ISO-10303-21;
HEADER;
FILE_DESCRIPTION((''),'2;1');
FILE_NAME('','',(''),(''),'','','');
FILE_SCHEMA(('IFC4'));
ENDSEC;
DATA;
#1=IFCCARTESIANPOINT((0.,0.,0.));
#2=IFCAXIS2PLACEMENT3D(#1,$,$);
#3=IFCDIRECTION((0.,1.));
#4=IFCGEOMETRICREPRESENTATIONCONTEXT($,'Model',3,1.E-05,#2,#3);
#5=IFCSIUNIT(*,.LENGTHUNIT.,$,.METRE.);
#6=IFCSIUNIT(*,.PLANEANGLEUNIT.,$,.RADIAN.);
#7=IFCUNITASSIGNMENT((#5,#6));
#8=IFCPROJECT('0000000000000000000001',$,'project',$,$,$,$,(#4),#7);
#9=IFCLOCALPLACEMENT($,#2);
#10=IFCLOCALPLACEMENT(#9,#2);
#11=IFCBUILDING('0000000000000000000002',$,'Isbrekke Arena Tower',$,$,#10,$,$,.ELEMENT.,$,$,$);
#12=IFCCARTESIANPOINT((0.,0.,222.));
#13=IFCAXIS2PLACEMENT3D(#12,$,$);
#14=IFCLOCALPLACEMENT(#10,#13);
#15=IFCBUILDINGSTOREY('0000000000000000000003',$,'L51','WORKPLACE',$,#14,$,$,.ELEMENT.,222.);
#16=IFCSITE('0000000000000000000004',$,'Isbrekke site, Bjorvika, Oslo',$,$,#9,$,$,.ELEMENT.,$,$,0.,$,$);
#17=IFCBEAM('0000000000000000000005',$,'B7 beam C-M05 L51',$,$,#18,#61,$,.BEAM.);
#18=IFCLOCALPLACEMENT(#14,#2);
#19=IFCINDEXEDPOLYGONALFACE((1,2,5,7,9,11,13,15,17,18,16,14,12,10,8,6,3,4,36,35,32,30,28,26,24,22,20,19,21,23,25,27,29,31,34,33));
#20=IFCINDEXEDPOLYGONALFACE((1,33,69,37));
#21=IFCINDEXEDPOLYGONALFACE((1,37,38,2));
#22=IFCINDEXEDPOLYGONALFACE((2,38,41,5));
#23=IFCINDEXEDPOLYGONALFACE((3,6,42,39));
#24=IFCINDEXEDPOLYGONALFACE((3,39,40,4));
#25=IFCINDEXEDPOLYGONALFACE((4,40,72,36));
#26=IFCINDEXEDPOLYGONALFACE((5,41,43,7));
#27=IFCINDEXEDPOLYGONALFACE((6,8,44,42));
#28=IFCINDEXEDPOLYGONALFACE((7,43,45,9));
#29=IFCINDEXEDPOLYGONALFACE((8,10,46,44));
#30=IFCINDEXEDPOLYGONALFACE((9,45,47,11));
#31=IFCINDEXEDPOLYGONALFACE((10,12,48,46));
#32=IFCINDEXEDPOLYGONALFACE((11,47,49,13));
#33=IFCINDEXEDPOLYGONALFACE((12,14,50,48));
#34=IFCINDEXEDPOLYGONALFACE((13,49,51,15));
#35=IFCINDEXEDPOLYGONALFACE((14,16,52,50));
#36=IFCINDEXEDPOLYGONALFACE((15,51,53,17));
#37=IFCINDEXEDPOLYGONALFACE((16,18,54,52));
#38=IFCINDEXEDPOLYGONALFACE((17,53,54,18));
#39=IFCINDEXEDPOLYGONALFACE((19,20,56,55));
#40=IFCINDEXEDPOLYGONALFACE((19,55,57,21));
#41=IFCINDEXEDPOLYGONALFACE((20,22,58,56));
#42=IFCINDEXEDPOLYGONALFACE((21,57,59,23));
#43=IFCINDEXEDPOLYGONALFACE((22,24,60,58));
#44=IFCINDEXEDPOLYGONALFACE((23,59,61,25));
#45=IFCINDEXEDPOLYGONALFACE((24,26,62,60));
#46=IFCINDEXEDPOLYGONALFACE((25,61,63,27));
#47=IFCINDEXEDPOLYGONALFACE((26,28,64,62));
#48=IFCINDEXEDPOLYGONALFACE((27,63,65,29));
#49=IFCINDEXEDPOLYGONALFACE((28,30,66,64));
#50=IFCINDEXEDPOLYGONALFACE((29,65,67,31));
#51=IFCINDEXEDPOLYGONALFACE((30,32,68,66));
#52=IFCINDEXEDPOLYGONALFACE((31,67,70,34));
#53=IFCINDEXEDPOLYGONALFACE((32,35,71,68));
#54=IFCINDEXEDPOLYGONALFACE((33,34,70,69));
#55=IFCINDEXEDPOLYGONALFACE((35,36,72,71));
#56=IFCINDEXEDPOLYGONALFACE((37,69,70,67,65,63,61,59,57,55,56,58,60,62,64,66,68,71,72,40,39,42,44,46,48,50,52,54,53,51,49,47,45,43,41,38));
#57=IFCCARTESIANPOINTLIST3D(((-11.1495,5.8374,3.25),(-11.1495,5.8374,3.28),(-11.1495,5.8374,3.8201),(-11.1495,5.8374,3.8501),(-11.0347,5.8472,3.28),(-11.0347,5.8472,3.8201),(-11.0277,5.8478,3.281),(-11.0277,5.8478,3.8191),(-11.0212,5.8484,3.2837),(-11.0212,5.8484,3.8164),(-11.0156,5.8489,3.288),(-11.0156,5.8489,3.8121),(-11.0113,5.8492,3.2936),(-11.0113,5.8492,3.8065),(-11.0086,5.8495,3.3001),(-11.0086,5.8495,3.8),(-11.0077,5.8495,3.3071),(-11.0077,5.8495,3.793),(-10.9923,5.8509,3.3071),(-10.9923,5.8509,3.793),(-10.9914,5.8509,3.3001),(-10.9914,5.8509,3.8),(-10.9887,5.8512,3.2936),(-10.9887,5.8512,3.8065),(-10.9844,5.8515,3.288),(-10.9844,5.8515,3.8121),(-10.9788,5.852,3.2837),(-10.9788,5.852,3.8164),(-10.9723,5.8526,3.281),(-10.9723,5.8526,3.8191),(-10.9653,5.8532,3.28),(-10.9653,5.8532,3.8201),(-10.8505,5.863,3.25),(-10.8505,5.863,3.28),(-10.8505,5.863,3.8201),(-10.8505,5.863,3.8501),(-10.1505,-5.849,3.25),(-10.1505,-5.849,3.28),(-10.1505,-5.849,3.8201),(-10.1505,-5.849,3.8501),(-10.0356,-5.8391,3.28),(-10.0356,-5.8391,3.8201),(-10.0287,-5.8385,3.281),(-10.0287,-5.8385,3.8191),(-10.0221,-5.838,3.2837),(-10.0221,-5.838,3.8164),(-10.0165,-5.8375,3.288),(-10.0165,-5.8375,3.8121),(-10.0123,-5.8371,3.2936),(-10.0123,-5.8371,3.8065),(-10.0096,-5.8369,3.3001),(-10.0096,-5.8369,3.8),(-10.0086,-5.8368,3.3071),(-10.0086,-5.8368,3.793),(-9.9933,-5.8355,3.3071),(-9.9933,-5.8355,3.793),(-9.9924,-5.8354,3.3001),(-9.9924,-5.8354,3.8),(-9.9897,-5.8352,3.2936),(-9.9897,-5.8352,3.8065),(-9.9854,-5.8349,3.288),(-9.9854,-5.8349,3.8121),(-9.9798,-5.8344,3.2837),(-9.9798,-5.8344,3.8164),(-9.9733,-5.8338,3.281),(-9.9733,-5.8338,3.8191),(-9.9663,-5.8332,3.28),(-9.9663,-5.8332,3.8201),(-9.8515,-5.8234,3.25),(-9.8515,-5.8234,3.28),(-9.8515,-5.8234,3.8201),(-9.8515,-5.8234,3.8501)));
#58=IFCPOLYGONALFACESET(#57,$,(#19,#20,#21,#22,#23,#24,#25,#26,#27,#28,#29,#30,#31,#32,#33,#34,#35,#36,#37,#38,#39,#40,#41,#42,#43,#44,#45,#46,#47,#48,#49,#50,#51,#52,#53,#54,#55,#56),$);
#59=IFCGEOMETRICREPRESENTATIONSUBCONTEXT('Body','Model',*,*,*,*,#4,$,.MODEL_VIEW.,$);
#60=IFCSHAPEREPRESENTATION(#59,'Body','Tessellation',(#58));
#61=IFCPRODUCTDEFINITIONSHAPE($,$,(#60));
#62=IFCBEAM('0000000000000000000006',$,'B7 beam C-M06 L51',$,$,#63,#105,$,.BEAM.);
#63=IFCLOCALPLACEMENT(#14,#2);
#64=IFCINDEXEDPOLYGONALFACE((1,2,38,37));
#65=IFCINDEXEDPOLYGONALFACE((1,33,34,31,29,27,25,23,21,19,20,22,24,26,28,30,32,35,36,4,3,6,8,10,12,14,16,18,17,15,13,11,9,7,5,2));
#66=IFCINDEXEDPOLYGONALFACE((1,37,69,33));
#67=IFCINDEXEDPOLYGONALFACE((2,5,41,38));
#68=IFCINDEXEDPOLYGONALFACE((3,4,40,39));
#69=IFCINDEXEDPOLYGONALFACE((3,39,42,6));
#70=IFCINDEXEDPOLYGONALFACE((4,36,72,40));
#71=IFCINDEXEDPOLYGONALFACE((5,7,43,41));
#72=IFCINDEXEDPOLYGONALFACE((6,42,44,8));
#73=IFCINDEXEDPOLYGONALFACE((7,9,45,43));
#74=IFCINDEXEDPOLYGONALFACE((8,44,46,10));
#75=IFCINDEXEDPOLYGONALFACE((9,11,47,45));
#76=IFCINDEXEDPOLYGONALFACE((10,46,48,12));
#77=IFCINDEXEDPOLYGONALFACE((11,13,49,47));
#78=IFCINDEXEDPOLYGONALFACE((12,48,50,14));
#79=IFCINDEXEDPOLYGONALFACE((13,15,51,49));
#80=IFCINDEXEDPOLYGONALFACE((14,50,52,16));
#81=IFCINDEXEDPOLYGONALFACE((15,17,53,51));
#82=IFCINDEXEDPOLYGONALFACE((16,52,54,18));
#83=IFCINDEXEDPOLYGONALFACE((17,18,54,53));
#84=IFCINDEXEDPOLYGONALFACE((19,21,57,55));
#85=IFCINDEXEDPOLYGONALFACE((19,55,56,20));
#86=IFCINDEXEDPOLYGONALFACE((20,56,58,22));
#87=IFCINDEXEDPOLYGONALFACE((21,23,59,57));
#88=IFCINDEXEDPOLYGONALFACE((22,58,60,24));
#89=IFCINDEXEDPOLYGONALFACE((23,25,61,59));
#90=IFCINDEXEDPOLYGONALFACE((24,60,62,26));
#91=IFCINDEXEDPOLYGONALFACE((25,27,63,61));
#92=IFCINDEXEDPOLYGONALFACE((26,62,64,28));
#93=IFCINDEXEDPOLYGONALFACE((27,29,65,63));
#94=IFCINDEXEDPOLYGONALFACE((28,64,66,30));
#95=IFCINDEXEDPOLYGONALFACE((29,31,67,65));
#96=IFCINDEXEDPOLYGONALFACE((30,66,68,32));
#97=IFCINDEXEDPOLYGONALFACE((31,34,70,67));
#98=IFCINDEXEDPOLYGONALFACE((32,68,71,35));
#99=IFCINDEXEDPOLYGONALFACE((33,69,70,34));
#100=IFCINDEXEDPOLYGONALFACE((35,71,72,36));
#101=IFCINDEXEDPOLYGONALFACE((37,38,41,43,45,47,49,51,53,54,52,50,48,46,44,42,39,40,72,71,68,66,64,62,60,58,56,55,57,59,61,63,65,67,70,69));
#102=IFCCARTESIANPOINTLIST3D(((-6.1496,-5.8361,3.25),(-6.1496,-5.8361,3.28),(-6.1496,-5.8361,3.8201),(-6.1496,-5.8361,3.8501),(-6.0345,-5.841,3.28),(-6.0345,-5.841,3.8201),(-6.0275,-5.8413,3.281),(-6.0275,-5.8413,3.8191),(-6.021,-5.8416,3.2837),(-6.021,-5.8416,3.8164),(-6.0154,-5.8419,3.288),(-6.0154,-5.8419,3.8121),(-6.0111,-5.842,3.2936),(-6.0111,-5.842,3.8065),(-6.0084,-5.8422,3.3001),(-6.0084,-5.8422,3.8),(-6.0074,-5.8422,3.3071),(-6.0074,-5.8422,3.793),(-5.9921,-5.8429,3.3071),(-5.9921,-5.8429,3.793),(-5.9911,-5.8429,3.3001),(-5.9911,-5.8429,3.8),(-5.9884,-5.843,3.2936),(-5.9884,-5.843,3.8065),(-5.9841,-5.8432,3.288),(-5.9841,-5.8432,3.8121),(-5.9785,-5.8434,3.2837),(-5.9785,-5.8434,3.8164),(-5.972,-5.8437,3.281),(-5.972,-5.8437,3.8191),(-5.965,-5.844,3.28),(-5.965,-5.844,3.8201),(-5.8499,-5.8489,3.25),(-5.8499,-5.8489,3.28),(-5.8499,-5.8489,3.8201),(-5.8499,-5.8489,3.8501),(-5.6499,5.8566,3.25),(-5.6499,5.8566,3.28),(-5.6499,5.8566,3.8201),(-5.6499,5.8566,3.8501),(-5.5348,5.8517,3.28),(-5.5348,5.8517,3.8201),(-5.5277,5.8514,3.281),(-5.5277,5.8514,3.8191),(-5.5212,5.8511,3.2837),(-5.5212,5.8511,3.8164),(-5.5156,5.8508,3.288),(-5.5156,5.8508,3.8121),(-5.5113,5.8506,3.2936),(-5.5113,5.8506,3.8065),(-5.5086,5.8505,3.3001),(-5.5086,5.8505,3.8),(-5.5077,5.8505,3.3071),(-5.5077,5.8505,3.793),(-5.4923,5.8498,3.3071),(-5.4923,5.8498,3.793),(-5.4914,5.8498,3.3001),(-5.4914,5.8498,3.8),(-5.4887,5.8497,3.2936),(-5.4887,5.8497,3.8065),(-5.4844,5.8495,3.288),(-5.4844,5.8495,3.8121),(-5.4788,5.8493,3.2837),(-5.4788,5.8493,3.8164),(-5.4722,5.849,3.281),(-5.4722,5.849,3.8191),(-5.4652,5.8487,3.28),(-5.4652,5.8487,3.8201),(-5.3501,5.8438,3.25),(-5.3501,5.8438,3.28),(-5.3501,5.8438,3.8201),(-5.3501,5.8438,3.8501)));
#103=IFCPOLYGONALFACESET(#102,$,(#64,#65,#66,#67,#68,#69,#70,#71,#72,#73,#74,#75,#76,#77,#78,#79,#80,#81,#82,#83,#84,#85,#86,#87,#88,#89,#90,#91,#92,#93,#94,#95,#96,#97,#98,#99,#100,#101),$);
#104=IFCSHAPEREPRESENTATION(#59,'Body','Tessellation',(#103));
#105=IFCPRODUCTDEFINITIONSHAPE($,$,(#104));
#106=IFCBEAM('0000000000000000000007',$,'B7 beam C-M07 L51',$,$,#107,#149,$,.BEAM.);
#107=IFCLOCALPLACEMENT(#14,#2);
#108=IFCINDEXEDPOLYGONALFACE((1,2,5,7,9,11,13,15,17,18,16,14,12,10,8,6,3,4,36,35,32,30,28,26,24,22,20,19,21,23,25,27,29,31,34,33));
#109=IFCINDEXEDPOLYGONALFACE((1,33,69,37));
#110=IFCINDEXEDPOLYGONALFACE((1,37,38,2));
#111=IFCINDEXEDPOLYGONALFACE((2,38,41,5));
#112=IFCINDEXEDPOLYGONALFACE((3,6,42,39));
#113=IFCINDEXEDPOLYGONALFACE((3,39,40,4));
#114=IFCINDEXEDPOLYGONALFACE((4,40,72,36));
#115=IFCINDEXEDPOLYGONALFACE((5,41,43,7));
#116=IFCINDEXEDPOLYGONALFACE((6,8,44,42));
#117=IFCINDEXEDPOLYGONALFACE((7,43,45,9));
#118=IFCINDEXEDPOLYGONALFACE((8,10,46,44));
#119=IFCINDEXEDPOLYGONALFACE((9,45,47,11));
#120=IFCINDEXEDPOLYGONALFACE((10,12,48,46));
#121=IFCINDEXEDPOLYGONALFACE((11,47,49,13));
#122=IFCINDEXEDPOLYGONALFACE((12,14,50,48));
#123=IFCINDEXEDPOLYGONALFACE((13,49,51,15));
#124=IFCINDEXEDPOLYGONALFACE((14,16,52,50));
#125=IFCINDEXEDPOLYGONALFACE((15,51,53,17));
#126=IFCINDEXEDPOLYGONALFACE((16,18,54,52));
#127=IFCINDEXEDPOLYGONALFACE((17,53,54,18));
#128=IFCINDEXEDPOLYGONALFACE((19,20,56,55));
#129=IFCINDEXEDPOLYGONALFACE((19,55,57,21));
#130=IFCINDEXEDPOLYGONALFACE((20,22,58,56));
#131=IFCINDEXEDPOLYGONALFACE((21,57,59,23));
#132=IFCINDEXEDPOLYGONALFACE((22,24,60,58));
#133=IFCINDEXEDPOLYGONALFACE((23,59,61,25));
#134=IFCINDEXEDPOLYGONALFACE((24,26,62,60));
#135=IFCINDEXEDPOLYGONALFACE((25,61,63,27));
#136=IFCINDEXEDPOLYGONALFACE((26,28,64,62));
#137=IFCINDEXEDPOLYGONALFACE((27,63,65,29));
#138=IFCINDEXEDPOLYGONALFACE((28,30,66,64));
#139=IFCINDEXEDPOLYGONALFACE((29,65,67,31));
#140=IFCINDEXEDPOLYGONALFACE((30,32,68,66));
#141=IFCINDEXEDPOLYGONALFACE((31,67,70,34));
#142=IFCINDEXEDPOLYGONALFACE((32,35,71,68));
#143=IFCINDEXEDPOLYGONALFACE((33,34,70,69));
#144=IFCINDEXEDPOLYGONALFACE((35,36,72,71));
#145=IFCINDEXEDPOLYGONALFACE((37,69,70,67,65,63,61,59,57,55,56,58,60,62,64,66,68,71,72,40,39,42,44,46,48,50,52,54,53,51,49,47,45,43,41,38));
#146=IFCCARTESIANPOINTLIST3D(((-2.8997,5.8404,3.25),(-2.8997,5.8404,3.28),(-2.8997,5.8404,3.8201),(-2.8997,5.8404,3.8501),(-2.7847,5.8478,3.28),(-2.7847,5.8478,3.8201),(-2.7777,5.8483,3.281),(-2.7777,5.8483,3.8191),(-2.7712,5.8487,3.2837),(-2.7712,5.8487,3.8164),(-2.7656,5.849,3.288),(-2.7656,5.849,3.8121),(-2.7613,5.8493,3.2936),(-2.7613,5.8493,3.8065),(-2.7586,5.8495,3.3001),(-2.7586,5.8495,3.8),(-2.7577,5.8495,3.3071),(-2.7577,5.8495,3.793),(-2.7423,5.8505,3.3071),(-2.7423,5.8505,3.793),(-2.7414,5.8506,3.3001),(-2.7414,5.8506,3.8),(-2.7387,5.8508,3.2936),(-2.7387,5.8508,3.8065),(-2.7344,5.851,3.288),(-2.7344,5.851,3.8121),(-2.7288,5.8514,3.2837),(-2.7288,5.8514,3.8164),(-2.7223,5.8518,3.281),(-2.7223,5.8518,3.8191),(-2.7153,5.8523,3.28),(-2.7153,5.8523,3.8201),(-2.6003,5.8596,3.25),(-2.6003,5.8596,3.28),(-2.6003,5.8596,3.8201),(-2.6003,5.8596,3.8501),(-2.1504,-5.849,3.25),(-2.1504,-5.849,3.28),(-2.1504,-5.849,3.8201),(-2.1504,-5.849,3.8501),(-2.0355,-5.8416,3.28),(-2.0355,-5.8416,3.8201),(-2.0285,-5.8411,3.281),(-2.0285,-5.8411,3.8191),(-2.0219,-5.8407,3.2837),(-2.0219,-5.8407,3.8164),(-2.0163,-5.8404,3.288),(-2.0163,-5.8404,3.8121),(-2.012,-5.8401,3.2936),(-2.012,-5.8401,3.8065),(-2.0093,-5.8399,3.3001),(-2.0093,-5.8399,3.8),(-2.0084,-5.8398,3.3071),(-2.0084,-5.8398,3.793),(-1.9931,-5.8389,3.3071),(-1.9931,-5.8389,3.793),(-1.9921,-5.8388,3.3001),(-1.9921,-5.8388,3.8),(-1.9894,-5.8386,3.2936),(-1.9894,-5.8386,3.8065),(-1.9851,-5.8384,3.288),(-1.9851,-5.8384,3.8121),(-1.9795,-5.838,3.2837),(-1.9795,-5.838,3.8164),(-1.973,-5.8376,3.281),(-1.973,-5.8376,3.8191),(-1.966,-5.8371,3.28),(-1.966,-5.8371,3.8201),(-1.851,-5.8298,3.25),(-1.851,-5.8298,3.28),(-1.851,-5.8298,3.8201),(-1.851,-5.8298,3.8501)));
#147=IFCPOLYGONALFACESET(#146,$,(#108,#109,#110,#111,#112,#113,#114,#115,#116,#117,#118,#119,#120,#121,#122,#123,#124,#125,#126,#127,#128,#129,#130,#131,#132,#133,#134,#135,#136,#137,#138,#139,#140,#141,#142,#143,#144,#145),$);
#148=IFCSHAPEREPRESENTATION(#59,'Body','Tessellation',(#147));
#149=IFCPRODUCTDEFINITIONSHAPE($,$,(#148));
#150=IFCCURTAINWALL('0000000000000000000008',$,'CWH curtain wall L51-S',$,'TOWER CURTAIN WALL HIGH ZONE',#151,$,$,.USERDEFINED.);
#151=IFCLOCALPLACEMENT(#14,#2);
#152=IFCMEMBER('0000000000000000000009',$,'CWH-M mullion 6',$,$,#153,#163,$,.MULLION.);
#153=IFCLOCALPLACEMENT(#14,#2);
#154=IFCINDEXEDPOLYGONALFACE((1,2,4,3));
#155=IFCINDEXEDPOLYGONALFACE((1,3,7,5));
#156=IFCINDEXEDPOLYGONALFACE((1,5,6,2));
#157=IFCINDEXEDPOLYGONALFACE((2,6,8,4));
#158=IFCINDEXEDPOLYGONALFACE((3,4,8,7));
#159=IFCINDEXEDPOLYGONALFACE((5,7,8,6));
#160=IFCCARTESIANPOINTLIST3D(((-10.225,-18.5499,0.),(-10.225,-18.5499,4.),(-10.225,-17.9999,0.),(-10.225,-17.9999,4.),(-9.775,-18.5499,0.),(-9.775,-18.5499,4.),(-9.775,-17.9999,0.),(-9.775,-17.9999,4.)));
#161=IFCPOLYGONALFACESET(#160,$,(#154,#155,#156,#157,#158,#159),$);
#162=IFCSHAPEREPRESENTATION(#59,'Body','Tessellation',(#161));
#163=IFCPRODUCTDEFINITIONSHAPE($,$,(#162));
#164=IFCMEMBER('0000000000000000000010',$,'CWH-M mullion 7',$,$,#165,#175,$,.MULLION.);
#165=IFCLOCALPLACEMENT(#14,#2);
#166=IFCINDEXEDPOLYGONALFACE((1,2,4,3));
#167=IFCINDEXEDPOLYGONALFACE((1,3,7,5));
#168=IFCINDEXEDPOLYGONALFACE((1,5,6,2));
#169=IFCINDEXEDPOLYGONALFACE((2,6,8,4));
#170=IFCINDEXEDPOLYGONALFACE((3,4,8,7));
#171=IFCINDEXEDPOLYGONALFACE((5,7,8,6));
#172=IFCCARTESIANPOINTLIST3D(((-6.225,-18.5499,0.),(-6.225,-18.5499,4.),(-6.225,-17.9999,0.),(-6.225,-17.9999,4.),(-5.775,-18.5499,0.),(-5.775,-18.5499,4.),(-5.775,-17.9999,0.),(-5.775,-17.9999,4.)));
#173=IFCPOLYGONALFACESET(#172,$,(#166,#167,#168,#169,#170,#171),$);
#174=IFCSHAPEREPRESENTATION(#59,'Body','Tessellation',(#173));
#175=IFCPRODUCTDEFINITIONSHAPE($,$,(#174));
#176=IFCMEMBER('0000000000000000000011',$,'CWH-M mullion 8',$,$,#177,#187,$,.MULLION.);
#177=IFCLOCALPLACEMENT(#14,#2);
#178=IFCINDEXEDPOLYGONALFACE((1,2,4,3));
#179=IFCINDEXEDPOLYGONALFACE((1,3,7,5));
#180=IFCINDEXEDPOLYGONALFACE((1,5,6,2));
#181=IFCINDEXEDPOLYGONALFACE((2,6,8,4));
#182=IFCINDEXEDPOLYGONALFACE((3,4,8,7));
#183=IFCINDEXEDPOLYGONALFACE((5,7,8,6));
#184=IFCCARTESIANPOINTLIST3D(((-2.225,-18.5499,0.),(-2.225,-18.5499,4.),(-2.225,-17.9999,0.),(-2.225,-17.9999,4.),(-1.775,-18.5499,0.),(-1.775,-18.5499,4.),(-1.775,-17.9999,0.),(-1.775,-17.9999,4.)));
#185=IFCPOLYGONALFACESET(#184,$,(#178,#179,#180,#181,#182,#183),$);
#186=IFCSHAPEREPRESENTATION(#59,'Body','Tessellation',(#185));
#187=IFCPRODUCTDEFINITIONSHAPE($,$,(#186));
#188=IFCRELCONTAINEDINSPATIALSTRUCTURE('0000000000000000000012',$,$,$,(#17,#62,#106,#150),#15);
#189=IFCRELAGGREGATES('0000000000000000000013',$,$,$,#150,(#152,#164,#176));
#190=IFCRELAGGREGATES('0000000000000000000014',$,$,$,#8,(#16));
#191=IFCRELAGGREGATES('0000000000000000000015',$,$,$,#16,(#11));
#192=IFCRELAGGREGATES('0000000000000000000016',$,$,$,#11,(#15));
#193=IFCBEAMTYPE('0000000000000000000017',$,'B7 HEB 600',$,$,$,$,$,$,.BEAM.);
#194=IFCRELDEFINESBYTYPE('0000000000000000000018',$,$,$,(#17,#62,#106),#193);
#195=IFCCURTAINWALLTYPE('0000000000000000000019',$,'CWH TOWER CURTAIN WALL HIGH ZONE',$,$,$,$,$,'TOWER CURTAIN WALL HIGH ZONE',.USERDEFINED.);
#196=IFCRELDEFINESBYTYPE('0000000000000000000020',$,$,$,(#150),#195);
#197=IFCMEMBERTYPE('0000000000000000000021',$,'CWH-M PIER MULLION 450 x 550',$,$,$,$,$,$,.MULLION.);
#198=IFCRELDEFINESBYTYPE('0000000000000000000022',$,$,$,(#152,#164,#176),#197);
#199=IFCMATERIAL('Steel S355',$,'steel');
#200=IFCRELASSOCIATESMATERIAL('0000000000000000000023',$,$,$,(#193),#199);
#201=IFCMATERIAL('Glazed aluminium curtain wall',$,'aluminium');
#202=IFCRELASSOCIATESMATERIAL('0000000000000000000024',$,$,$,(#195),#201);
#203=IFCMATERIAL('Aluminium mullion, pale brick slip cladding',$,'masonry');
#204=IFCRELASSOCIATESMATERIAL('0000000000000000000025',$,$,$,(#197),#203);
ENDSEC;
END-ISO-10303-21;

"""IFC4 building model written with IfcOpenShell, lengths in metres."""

from ifc_helpers import new_model, si_unit, direction, frame, origin, origin_2d, place, context, subcontext, project, spatial, rectangle, i_section, extrude, material, material_profile, profile_set, type_object, element, aggregate, save


model = new_model("IFC4")

# Units and contexts
model_context = context("Model", 3, precision=1e-05, world=origin(), true_north=direction((0.0, 1.0)))
body_context = subcontext(model_context, "Body", "Model", "MODEL_VIEW")
ifc_project = project(units=[si_unit("LENGTHUNIT", "METRE"), si_unit("PLANEANGLEUNIT", "RADIAN")], contexts=[model_context])

# Site, building, storey
site_placement = place(None, origin())
site = spatial("IfcSite", under=ifc_project, at=site_placement, Name="Isbrekke site, Bjorvika, Oslo", CompositionType="ELEMENT", RefElevation=0.0)
building_placement = place(site_placement, origin())
building = spatial("IfcBuilding", under=site, at=building_placement, Name="Isbrekke Arena Tower", CompositionType="ELEMENT")
storey_placement = place(building_placement, frame((0.0, 0.0, 222.0)))
storey = spatial("IfcBuildingStorey", under=building, at=storey_placement, Name="L51", Description="WORKPLACE", CompositionType="ELEMENT", Elevation=222.0)

# Beams
ifc_material_1 = material(Name="Steel S355", Category="steel")
ifc_material_profile_1 = material_profile(ifc_material_1, i_section(OverallWidth=0.3, OverallDepth=0.6001, WebThickness=0.0154, FlangeThickness=0.03, FilletRadius=0.0271, at=origin_2d()), Name="HEB 600")
ifc_profile_set_1 = profile_set([ifc_material_profile_1], Name="Steel S355")
beam_type_1 = type_object("IfcBeamType", Name="B7 HEB 600", PredefinedType="BEAM", material=ifc_profile_set_1)
beam_1_placement = place(storey_placement, frame((-10.001, -5.8362, 3.55), z_axis=(-0.085176, 0.996366, 0.0), x_axis=(-0.996366, -0.085176, 0.0)))
element("IfcBeam", 1, at=beam_1_placement, inside=storey, type_object=beam_type_1, Name="B7 beam C-M05 L51", PredefinedType="BEAM", context=body_context, shape_type="SweptSolid", body=[
    extrude(i_section(OverallWidth=0.3, OverallDepth=0.6001, WebThickness=0.0154, FlangeThickness=0.03, FilletRadius=0.0271, at=origin_2d()), origin(), (0.0, 0.0, 1.0), 11.729),
])
beam_2_placement = place(storey_placement, frame((-5.9998, -5.8425, 3.55), z_axis=(0.042702, 0.999088, 0.0), x_axis=(-0.999088, 0.042702, 0.0)))
element("IfcBeam", 2, at=beam_2_placement, inside=storey, type_object=beam_type_1, Name="B7 beam C-M06 L51", PredefinedType="BEAM", context=body_context, shape_type="SweptSolid", body=[
    extrude(i_section(OverallWidth=0.3, OverallDepth=0.6001, WebThickness=0.0154, FlangeThickness=0.03, FilletRadius=0.0271, at=origin_2d()), origin(), (0.0, 0.0, 1.0), 11.7034),
])
beam_3_placement = place(storey_placement, frame((-2.0007, -5.8394, 3.55), z_axis=(-0.063966, 0.997952, 0.0), x_axis=(-0.997952, -0.063966, 0.0)))
element("IfcBeam", 3, at=beam_3_placement, inside=storey, type_object=beam_type_1, Name="B7 beam C-M07 L51", PredefinedType="BEAM", context=body_context, shape_type="SweptSolid", body=[
    extrude(i_section(OverallWidth=0.3, OverallDepth=0.6001, WebThickness=0.0154, FlangeThickness=0.03, FilletRadius=0.0271, at=origin_2d()), origin(), (0.0, 0.0, 1.0), 11.7134),
])

# Curtain wall, members
ifc_material_2 = material(Name="Glazed aluminium curtain wall", Category="aluminium")
curtain_wall_type = type_object("IfcCurtainWallType", Name="CWH TOWER CURTAIN WALL HIGH ZONE", ElementType="TOWER CURTAIN WALL HIGH ZONE", PredefinedType="USERDEFINED", material=ifc_material_2)
curtain_wall_placement = place(storey_placement, origin())
curtain_wall = element("IfcCurtainWall", 4, at=curtain_wall_placement, inside=storey, type_object=curtain_wall_type, Name="CWH curtain wall L51-S", ObjectType="TOWER CURTAIN WALL HIGH ZONE", PredefinedType="USERDEFINED")
ifc_material_3 = material(Name="Aluminium mullion, pale brick slip cladding", Category="masonry")
ifc_material_profile_2 = material_profile(ifc_material_3, rectangle(XDim=0.45, YDim=0.55, at=origin_2d()), Name="PIER 450X550")
ifc_profile_set_2 = profile_set([ifc_material_profile_2], Name="Aluminium mullion, pale brick slip cladding")
member_type_1 = type_object("IfcMemberType", Name="CWH-M PIER MULLION 450 x 550", PredefinedType="MULLION", material=ifc_profile_set_2)
member_1_placement = place(storey_placement, frame((-10.0, -18.2749, 0.0), z_axis=(0.0, 0.0, 1.0), x_axis=(1.0, 0.0, 0.0)))
member_1 = element("IfcMember", 5, at=member_1_placement, type_object=member_type_1, Name="CWH-M mullion 6", PredefinedType="MULLION", context=body_context, shape_type="SweptSolid", body=[
    extrude(rectangle(XDim=0.45, YDim=0.55, at=origin_2d()), origin(), (0.0, 0.0, 1.0), 4.0),
])
member_2_placement = place(storey_placement, frame((-6.0, -18.2749, 0.0), z_axis=(0.0, 0.0, 1.0), x_axis=(1.0, 0.0, 0.0)))
member_2 = element("IfcMember", 6, at=member_2_placement, type_object=member_type_1, Name="CWH-M mullion 7", PredefinedType="MULLION", context=body_context, shape_type="SweptSolid", body=[
    extrude(rectangle(XDim=0.45, YDim=0.55, at=origin_2d()), origin(), (0.0, 0.0, 1.0), 4.0),
])
member_3_placement = place(storey_placement, frame((-2.0, -18.2749, 0.0), z_axis=(0.0, 0.0, 1.0), x_axis=(1.0, 0.0, 0.0)))
member_3 = element("IfcMember", 7, at=member_3_placement, type_object=member_type_1, Name="CWH-M mullion 8", PredefinedType="MULLION", context=body_context, shape_type="SweptSolid", body=[
    extrude(rectangle(XDim=0.45, YDim=0.55, at=origin_2d()), origin(), (0.0, 0.0, 1.0), 4.0),
])

aggregate(curtain_wall, [member_1, member_2, member_3])

save(model, "model.ifc")
